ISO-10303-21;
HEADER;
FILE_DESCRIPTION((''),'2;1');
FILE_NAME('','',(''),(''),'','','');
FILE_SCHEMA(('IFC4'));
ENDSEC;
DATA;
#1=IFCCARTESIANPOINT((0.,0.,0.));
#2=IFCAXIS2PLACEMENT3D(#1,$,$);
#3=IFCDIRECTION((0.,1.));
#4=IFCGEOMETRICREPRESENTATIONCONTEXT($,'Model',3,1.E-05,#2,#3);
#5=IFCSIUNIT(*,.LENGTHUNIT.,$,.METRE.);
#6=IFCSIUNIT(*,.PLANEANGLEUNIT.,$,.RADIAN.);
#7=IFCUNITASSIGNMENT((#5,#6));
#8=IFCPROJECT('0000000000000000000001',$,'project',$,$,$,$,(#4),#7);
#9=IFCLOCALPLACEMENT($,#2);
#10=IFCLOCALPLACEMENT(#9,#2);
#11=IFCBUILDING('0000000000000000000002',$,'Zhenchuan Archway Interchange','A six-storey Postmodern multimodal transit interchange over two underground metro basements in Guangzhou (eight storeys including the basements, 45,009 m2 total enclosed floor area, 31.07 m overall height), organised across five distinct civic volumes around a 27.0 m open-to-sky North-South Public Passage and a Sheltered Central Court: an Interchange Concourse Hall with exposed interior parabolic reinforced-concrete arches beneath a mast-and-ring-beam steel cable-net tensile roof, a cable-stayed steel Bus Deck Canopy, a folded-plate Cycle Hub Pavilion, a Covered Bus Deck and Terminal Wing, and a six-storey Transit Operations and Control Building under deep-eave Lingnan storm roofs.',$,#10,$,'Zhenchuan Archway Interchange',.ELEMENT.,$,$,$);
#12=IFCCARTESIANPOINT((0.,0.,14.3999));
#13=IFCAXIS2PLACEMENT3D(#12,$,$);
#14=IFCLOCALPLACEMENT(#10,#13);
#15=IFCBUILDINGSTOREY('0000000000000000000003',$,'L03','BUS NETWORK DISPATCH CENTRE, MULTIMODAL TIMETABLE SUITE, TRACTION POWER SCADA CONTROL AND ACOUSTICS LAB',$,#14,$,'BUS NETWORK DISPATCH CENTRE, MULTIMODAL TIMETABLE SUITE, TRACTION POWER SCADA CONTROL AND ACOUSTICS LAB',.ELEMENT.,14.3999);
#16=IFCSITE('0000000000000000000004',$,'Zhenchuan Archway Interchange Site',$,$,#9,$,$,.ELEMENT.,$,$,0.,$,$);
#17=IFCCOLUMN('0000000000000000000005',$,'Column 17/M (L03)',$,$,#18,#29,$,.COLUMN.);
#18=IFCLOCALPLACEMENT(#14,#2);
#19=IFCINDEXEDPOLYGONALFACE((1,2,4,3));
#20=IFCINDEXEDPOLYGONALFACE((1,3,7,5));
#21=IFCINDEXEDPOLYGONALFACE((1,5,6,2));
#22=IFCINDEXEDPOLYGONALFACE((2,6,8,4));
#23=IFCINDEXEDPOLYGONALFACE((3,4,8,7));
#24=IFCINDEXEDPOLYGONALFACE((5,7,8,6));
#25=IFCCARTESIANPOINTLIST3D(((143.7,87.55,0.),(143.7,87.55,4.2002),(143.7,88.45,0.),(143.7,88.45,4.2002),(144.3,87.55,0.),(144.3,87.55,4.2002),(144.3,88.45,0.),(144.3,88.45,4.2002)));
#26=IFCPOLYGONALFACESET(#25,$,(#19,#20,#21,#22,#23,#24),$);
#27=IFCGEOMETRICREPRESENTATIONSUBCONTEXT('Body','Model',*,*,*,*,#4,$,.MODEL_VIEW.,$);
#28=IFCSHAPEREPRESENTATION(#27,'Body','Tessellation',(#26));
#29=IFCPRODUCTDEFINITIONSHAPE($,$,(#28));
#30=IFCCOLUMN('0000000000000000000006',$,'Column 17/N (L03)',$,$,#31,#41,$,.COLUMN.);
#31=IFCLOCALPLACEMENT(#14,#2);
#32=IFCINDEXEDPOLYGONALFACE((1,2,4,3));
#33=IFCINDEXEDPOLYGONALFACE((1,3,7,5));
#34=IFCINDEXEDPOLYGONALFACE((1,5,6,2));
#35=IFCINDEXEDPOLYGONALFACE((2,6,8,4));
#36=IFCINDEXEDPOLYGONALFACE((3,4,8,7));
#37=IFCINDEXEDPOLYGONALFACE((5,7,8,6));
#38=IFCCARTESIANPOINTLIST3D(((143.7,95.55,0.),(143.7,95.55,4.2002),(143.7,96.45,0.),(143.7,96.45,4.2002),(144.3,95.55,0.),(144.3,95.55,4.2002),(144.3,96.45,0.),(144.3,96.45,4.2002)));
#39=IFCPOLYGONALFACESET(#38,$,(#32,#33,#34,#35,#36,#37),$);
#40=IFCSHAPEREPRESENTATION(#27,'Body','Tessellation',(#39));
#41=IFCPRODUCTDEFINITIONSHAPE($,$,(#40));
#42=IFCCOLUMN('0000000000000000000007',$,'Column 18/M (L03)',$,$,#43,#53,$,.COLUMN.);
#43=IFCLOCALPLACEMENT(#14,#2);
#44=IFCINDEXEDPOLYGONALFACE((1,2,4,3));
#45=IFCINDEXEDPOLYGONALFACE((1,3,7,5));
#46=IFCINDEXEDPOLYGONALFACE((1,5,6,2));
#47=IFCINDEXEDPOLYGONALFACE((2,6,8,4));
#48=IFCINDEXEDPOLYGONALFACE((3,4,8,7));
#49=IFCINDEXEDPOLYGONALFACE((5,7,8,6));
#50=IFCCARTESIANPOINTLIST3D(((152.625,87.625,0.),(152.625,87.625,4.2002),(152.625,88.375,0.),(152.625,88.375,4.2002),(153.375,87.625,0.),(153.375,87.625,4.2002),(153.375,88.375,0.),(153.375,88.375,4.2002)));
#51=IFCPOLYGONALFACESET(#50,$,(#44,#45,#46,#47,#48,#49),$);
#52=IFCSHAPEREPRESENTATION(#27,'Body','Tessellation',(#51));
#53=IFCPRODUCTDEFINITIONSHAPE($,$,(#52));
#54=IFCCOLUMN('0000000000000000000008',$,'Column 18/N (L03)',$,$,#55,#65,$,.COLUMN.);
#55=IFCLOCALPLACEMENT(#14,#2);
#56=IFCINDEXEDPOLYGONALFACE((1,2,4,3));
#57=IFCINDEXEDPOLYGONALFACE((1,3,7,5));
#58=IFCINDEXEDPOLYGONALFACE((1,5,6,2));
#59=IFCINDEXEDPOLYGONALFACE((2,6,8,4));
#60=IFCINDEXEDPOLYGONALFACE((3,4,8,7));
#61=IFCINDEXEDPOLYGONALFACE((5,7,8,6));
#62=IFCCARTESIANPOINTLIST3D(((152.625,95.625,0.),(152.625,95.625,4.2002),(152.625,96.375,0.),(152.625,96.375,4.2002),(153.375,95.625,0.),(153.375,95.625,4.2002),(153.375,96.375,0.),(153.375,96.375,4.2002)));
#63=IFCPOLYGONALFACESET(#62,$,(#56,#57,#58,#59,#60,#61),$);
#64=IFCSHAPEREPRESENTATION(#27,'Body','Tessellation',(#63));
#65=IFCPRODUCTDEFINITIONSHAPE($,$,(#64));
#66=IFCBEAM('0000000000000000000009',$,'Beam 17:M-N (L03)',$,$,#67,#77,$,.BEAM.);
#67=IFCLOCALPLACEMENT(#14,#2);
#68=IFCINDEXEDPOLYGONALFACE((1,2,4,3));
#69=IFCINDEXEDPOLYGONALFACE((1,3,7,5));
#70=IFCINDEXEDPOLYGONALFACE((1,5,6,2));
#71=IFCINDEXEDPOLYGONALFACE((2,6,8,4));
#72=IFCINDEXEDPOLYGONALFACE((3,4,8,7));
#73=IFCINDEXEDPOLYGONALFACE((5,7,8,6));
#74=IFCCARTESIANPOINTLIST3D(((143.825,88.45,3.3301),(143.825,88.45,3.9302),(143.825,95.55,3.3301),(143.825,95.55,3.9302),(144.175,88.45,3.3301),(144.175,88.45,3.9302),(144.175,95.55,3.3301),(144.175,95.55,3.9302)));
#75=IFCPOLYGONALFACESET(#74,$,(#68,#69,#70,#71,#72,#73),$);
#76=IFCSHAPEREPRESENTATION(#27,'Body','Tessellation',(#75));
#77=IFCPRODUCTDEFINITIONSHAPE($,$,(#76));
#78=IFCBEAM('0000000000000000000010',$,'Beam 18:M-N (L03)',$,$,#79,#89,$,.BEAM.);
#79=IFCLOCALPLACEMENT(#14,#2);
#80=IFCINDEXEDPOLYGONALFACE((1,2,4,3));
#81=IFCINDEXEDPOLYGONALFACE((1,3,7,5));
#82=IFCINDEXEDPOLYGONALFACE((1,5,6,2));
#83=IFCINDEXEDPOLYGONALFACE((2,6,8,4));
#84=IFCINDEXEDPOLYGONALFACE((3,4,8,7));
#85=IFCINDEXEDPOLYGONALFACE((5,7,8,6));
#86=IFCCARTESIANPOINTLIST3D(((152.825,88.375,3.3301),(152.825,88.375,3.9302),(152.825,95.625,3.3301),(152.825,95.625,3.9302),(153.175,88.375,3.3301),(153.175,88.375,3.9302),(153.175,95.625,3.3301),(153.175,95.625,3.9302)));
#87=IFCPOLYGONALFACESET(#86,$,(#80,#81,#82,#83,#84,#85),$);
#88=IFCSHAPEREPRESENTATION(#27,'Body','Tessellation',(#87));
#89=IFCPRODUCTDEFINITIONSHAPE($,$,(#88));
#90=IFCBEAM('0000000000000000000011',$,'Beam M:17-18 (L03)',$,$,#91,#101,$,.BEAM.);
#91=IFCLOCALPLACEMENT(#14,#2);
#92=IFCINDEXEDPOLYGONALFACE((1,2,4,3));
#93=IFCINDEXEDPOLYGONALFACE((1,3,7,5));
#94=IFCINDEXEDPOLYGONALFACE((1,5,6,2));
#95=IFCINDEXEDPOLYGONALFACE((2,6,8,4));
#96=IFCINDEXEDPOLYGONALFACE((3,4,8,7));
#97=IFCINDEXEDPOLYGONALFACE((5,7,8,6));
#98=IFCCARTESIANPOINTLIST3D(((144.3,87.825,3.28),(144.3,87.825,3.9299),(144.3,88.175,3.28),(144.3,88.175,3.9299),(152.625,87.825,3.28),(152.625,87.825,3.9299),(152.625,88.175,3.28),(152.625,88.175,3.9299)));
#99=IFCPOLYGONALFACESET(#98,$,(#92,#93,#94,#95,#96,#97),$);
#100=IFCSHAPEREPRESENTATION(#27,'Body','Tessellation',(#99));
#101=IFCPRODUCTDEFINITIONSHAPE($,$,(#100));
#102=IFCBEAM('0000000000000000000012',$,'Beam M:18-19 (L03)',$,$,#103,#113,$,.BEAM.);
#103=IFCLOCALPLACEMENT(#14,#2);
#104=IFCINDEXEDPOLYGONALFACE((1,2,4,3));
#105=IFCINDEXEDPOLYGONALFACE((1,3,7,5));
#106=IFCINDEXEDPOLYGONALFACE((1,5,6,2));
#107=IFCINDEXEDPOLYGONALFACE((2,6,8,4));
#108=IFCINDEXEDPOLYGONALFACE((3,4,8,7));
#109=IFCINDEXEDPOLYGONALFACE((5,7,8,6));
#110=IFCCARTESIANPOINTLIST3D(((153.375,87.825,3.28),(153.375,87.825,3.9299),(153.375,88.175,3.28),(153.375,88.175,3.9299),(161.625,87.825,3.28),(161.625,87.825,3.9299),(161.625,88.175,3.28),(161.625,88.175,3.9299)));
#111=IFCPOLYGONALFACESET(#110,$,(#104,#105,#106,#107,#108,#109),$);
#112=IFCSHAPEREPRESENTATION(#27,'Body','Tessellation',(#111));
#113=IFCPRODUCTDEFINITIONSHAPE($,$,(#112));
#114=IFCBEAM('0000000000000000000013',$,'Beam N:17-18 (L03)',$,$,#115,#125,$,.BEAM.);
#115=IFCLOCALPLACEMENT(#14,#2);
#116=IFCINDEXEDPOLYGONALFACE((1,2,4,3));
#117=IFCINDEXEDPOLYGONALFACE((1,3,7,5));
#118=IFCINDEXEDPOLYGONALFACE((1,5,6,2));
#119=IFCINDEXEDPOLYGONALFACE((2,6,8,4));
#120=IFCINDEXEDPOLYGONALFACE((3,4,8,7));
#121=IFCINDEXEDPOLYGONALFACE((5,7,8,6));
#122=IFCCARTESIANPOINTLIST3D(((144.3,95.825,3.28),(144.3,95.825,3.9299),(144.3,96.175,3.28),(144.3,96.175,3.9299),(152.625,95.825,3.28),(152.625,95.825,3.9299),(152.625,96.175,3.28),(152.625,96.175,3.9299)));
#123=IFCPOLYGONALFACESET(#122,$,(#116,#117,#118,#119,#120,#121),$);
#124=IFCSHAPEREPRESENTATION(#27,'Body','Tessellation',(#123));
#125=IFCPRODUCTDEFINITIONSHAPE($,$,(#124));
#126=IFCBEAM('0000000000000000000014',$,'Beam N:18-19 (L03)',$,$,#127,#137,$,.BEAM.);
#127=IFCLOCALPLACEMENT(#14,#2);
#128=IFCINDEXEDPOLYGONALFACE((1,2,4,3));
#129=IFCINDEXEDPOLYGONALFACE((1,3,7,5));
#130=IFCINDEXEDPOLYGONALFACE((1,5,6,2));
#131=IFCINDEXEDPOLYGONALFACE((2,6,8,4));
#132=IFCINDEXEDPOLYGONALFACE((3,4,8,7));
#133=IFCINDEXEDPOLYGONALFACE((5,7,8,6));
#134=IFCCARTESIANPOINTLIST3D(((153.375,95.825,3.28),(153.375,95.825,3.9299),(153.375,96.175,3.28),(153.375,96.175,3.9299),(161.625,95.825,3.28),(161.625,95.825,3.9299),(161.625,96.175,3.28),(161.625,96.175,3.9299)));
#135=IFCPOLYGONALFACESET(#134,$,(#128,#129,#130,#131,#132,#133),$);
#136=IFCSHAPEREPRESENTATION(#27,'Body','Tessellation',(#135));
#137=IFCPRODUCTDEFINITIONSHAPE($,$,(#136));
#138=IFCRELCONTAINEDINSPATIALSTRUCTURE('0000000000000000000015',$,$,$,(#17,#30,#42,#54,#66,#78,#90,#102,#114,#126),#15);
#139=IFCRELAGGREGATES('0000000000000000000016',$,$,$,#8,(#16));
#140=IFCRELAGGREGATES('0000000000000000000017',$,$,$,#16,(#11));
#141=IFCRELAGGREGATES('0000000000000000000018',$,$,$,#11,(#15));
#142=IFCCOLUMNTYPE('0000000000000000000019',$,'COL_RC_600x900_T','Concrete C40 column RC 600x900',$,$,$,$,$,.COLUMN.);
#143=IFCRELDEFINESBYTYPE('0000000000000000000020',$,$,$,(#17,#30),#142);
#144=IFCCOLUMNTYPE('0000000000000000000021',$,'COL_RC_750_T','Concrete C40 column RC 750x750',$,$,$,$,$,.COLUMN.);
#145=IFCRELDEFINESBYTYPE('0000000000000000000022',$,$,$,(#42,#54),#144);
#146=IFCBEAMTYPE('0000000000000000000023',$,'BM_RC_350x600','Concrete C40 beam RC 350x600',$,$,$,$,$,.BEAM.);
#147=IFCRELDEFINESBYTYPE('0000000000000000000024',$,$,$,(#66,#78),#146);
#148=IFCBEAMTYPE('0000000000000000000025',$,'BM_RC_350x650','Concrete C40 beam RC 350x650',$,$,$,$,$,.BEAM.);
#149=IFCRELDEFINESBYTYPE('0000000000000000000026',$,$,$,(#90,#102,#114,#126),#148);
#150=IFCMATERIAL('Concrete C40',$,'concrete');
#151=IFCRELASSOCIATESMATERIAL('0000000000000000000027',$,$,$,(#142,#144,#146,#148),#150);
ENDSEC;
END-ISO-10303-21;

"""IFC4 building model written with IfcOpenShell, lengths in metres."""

from ifc_helpers import new_model, si_unit, direction, frame, origin, origin_2d, place, context, subcontext, project, spatial, rectangle, extrude, material, material_profile, profile_set, type_object, element, save


model = new_model("IFC4")

# Units and contexts
model_context = context("Model", 3, precision=1e-05, world=origin(), true_north=direction((0.0, 1.0)))
body_context = subcontext(model_context, "Body", "Model", "MODEL_VIEW")
ifc_project = project(units=[si_unit("LENGTHUNIT", "METRE"), si_unit("PLANEANGLEUNIT", "RADIAN")], contexts=[model_context])

# Site, building, storey
site_placement = place(None, origin())
site = spatial("IfcSite", under=ifc_project, at=site_placement, Name="Zhenchuan Archway Interchange Site", CompositionType="ELEMENT", RefElevation=0.0)
building_placement = place(site_placement, origin())
building = spatial("IfcBuilding", under=site, at=building_placement, Name="Zhenchuan Archway Interchange", Description="A six-storey Postmodern multimodal transit interchange over two underground metro basements in Guangzhou (eight storeys including the basements, 45,009 m2 total enclosed floor area, 31.07 m overall height), organised across five distinct civic volumes around a 27.0 m open-to-sky North-South Public Passage and a Sheltered Central Court: an Interchange Concourse Hall with exposed interior parabolic reinforced-concrete arches beneath a mast-and-ring-beam steel cable-net tensile roof, a cable-stayed steel Bus Deck Canopy, a folded-plate Cycle Hub Pavilion, a Covered Bus Deck and Terminal Wing, and a six-storey Transit Operations and Control Building under deep-eave Lingnan storm roofs.", LongName="Zhenchuan Archway Interchange", CompositionType="ELEMENT")
storey_placement = place(building_placement, frame((0.0, 0.0, 14.3999)))
storey = spatial("IfcBuildingStorey", under=building, at=storey_placement, Name="L03", Description="BUS NETWORK DISPATCH CENTRE, MULTIMODAL TIMETABLE SUITE, TRACTION POWER SCADA CONTROL AND ACOUSTICS LAB", LongName="BUS NETWORK DISPATCH CENTRE, MULTIMODAL TIMETABLE SUITE, TRACTION POWER SCADA CONTROL AND ACOUSTICS LAB", CompositionType="ELEMENT", Elevation=14.3999)

# Columns
ifc_material_1 = material(Name="Concrete C40", Category="concrete")
ifc_material_profile_1 = material_profile(ifc_material_1, rectangle(XDim=0.6001, YDim=0.8999, at=origin_2d()), Name="RC 600x900")
ifc_profile_set_1 = profile_set([ifc_material_profile_1], Name="Concrete C40")
column_type_1 = type_object("IfcColumnType", Name="COL_RC_600x900_T", Description="Concrete C40 column RC 600x900", PredefinedType="COLUMN", material=ifc_profile_set_1)
for number, where, z_axis, x_axis, name in (
    (1, (144.0, 88.0, 0.0), (0.0, 0.0, 1.0), (1.0, 0.0, 0.0), "Column 17/M (L03)"),
    (2, (144.0, 96.0, 0.0), (0.0, 0.0, 1.0), (1.0, 0.0, 0.0), "Column 17/N (L03)"),
):
    element("IfcColumn", number, at=place(storey_placement, frame(where, z_axis=z_axis, x_axis=x_axis)), inside=storey, type_object=column_type_1, Name=name, PredefinedType="COLUMN", context=body_context, shape_type="SweptSolid", body=[
        extrude(rectangle(XDim=0.6001, YDim=0.8999, at=origin_2d()), origin(), (0.0, 0.0, 1.0), 4.2002),
    ])
ifc_material_profile_2 = material_profile(ifc_material_1, rectangle(XDim=0.75, YDim=0.75, at=origin_2d()), Name="RC 750x750")
ifc_profile_set_2 = profile_set([ifc_material_profile_2], Name="Concrete C40")
column_type_2 = type_object("IfcColumnType", Name="COL_RC_750_T", Description="Concrete C40 column RC 750x750", PredefinedType="COLUMN", material=ifc_profile_set_2)
for number, where, z_axis, x_axis, name in (
    (3, (153.0, 88.0, 0.0), (0.0, 0.0, 1.0), (1.0, 0.0, 0.0), "Column 18/M (L03)"),
    (4, (153.0, 96.0, 0.0), (0.0, 0.0, 1.0), (1.0, 0.0, 0.0), "Column 18/N (L03)"),
):
    element("IfcColumn", number, at=place(storey_placement, frame(where, z_axis=z_axis, x_axis=x_axis)), inside=storey, type_object=column_type_2, Name=name, PredefinedType="COLUMN", context=body_context, shape_type="SweptSolid", body=[
        extrude(rectangle(XDim=0.75, YDim=0.75, at=origin_2d()), origin(), (0.0, 0.0, 1.0), 4.2002),
    ])

# Beams
ifc_material_profile_3 = material_profile(ifc_material_1, rectangle(XDim=0.3501, YDim=0.6001, at=origin_2d()), Name="RC 350x600")
ifc_profile_set_3 = profile_set([ifc_material_profile_3], Name="Concrete C40")
beam_type_1 = type_object("IfcBeamType", Name="BM_RC_350x600", Description="Concrete C40 beam RC 350x600", PredefinedType="BEAM", material=ifc_profile_set_3)
beam_1_placement = place(storey_placement, frame((144.0, 88.45, 3.6301), z_axis=(0.0, 1.0, 0.0), x_axis=(-1.0, 0.0, 0.0)))
element("IfcBeam", 5, at=beam_1_placement, inside=storey, type_object=beam_type_1, Name="Beam 17:M-N (L03)", PredefinedType="BEAM", context=body_context, shape_type="SweptSolid", body=[
    extrude(rectangle(XDim=0.3501, YDim=0.6001, at=origin_2d()), origin(), (0.0, 0.0, 1.0), 7.1001),
])
beam_2_placement = place(storey_placement, frame((153.0, 88.375, 3.6301), z_axis=(0.0, 1.0, 0.0), x_axis=(-1.0, 0.0, 0.0)))
element("IfcBeam", 6, at=beam_2_placement, inside=storey, type_object=beam_type_1, Name="Beam 18:M-N (L03)", PredefinedType="BEAM", context=body_context, shape_type="SweptSolid", body=[
    extrude(rectangle(XDim=0.3501, YDim=0.6001, at=origin_2d()), origin(), (0.0, 0.0, 1.0), 7.25),
])
ifc_material_profile_4 = material_profile(ifc_material_1, rectangle(XDim=0.3501, YDim=0.6499, at=origin_2d()), Name="RC 350x650")
ifc_profile_set_4 = profile_set([ifc_material_profile_4], Name="Concrete C40")
beam_type_2 = type_object("IfcBeamType", Name="BM_RC_350x650", Description="Concrete C40 beam RC 350x650", PredefinedType="BEAM", material=ifc_profile_set_4)
beam_3_placement = place(storey_placement, frame((144.3, 88.0, 3.605), z_axis=(1.0, 0.0, 0.0), x_axis=(0.0, 1.0, 0.0)))
element("IfcBeam", 7, at=beam_3_placement, inside=storey, type_object=beam_type_2, Name="Beam M:17-18 (L03)", PredefinedType="BEAM", context=body_context, shape_type="SweptSolid", body=[
    extrude(rectangle(XDim=0.3501, YDim=0.6499, at=origin_2d()), origin(), (0.0, 0.0, 1.0), 8.325),
])
beam_4_placement = place(storey_placement, frame((153.375, 88.0, 3.605), z_axis=(1.0, 0.0, 0.0), x_axis=(0.0, 1.0, 0.0)))
element("IfcBeam", 8, at=beam_4_placement, inside=storey, type_object=beam_type_2, Name="Beam M:18-19 (L03)", PredefinedType="BEAM", context=body_context, shape_type="SweptSolid", body=[
    extrude(rectangle(XDim=0.3501, YDim=0.6499, at=origin_2d()), origin(), (0.0, 0.0, 1.0), 8.25),
])
beam_5_placement = place(storey_placement, frame((144.3, 96.0, 3.605), z_axis=(1.0, 0.0, 0.0), x_axis=(0.0, 1.0, 0.0)))
element("IfcBeam", 9, at=beam_5_placement, inside=storey, type_object=beam_type_2, Name="Beam N:17-18 (L03)", PredefinedType="BEAM", context=body_context, shape_type="SweptSolid", body=[
    extrude(rectangle(XDim=0.3501, YDim=0.6499, at=origin_2d()), origin(), (0.0, 0.0, 1.0), 8.325),
])
beam_6_placement = place(storey_placement, frame((153.375, 96.0, 3.605), z_axis=(1.0, 0.0, 0.0), x_axis=(0.0, 1.0, 0.0)))
element("IfcBeam", 10, at=beam_6_placement, inside=storey, type_object=beam_type_2, Name="Beam N:18-19 (L03)", PredefinedType="BEAM", context=body_context, shape_type="SweptSolid", body=[
    extrude(rectangle(XDim=0.3501, YDim=0.6499, at=origin_2d()), origin(), (0.0, 0.0, 1.0), 8.25),
])

save(model, "model.ifc")
